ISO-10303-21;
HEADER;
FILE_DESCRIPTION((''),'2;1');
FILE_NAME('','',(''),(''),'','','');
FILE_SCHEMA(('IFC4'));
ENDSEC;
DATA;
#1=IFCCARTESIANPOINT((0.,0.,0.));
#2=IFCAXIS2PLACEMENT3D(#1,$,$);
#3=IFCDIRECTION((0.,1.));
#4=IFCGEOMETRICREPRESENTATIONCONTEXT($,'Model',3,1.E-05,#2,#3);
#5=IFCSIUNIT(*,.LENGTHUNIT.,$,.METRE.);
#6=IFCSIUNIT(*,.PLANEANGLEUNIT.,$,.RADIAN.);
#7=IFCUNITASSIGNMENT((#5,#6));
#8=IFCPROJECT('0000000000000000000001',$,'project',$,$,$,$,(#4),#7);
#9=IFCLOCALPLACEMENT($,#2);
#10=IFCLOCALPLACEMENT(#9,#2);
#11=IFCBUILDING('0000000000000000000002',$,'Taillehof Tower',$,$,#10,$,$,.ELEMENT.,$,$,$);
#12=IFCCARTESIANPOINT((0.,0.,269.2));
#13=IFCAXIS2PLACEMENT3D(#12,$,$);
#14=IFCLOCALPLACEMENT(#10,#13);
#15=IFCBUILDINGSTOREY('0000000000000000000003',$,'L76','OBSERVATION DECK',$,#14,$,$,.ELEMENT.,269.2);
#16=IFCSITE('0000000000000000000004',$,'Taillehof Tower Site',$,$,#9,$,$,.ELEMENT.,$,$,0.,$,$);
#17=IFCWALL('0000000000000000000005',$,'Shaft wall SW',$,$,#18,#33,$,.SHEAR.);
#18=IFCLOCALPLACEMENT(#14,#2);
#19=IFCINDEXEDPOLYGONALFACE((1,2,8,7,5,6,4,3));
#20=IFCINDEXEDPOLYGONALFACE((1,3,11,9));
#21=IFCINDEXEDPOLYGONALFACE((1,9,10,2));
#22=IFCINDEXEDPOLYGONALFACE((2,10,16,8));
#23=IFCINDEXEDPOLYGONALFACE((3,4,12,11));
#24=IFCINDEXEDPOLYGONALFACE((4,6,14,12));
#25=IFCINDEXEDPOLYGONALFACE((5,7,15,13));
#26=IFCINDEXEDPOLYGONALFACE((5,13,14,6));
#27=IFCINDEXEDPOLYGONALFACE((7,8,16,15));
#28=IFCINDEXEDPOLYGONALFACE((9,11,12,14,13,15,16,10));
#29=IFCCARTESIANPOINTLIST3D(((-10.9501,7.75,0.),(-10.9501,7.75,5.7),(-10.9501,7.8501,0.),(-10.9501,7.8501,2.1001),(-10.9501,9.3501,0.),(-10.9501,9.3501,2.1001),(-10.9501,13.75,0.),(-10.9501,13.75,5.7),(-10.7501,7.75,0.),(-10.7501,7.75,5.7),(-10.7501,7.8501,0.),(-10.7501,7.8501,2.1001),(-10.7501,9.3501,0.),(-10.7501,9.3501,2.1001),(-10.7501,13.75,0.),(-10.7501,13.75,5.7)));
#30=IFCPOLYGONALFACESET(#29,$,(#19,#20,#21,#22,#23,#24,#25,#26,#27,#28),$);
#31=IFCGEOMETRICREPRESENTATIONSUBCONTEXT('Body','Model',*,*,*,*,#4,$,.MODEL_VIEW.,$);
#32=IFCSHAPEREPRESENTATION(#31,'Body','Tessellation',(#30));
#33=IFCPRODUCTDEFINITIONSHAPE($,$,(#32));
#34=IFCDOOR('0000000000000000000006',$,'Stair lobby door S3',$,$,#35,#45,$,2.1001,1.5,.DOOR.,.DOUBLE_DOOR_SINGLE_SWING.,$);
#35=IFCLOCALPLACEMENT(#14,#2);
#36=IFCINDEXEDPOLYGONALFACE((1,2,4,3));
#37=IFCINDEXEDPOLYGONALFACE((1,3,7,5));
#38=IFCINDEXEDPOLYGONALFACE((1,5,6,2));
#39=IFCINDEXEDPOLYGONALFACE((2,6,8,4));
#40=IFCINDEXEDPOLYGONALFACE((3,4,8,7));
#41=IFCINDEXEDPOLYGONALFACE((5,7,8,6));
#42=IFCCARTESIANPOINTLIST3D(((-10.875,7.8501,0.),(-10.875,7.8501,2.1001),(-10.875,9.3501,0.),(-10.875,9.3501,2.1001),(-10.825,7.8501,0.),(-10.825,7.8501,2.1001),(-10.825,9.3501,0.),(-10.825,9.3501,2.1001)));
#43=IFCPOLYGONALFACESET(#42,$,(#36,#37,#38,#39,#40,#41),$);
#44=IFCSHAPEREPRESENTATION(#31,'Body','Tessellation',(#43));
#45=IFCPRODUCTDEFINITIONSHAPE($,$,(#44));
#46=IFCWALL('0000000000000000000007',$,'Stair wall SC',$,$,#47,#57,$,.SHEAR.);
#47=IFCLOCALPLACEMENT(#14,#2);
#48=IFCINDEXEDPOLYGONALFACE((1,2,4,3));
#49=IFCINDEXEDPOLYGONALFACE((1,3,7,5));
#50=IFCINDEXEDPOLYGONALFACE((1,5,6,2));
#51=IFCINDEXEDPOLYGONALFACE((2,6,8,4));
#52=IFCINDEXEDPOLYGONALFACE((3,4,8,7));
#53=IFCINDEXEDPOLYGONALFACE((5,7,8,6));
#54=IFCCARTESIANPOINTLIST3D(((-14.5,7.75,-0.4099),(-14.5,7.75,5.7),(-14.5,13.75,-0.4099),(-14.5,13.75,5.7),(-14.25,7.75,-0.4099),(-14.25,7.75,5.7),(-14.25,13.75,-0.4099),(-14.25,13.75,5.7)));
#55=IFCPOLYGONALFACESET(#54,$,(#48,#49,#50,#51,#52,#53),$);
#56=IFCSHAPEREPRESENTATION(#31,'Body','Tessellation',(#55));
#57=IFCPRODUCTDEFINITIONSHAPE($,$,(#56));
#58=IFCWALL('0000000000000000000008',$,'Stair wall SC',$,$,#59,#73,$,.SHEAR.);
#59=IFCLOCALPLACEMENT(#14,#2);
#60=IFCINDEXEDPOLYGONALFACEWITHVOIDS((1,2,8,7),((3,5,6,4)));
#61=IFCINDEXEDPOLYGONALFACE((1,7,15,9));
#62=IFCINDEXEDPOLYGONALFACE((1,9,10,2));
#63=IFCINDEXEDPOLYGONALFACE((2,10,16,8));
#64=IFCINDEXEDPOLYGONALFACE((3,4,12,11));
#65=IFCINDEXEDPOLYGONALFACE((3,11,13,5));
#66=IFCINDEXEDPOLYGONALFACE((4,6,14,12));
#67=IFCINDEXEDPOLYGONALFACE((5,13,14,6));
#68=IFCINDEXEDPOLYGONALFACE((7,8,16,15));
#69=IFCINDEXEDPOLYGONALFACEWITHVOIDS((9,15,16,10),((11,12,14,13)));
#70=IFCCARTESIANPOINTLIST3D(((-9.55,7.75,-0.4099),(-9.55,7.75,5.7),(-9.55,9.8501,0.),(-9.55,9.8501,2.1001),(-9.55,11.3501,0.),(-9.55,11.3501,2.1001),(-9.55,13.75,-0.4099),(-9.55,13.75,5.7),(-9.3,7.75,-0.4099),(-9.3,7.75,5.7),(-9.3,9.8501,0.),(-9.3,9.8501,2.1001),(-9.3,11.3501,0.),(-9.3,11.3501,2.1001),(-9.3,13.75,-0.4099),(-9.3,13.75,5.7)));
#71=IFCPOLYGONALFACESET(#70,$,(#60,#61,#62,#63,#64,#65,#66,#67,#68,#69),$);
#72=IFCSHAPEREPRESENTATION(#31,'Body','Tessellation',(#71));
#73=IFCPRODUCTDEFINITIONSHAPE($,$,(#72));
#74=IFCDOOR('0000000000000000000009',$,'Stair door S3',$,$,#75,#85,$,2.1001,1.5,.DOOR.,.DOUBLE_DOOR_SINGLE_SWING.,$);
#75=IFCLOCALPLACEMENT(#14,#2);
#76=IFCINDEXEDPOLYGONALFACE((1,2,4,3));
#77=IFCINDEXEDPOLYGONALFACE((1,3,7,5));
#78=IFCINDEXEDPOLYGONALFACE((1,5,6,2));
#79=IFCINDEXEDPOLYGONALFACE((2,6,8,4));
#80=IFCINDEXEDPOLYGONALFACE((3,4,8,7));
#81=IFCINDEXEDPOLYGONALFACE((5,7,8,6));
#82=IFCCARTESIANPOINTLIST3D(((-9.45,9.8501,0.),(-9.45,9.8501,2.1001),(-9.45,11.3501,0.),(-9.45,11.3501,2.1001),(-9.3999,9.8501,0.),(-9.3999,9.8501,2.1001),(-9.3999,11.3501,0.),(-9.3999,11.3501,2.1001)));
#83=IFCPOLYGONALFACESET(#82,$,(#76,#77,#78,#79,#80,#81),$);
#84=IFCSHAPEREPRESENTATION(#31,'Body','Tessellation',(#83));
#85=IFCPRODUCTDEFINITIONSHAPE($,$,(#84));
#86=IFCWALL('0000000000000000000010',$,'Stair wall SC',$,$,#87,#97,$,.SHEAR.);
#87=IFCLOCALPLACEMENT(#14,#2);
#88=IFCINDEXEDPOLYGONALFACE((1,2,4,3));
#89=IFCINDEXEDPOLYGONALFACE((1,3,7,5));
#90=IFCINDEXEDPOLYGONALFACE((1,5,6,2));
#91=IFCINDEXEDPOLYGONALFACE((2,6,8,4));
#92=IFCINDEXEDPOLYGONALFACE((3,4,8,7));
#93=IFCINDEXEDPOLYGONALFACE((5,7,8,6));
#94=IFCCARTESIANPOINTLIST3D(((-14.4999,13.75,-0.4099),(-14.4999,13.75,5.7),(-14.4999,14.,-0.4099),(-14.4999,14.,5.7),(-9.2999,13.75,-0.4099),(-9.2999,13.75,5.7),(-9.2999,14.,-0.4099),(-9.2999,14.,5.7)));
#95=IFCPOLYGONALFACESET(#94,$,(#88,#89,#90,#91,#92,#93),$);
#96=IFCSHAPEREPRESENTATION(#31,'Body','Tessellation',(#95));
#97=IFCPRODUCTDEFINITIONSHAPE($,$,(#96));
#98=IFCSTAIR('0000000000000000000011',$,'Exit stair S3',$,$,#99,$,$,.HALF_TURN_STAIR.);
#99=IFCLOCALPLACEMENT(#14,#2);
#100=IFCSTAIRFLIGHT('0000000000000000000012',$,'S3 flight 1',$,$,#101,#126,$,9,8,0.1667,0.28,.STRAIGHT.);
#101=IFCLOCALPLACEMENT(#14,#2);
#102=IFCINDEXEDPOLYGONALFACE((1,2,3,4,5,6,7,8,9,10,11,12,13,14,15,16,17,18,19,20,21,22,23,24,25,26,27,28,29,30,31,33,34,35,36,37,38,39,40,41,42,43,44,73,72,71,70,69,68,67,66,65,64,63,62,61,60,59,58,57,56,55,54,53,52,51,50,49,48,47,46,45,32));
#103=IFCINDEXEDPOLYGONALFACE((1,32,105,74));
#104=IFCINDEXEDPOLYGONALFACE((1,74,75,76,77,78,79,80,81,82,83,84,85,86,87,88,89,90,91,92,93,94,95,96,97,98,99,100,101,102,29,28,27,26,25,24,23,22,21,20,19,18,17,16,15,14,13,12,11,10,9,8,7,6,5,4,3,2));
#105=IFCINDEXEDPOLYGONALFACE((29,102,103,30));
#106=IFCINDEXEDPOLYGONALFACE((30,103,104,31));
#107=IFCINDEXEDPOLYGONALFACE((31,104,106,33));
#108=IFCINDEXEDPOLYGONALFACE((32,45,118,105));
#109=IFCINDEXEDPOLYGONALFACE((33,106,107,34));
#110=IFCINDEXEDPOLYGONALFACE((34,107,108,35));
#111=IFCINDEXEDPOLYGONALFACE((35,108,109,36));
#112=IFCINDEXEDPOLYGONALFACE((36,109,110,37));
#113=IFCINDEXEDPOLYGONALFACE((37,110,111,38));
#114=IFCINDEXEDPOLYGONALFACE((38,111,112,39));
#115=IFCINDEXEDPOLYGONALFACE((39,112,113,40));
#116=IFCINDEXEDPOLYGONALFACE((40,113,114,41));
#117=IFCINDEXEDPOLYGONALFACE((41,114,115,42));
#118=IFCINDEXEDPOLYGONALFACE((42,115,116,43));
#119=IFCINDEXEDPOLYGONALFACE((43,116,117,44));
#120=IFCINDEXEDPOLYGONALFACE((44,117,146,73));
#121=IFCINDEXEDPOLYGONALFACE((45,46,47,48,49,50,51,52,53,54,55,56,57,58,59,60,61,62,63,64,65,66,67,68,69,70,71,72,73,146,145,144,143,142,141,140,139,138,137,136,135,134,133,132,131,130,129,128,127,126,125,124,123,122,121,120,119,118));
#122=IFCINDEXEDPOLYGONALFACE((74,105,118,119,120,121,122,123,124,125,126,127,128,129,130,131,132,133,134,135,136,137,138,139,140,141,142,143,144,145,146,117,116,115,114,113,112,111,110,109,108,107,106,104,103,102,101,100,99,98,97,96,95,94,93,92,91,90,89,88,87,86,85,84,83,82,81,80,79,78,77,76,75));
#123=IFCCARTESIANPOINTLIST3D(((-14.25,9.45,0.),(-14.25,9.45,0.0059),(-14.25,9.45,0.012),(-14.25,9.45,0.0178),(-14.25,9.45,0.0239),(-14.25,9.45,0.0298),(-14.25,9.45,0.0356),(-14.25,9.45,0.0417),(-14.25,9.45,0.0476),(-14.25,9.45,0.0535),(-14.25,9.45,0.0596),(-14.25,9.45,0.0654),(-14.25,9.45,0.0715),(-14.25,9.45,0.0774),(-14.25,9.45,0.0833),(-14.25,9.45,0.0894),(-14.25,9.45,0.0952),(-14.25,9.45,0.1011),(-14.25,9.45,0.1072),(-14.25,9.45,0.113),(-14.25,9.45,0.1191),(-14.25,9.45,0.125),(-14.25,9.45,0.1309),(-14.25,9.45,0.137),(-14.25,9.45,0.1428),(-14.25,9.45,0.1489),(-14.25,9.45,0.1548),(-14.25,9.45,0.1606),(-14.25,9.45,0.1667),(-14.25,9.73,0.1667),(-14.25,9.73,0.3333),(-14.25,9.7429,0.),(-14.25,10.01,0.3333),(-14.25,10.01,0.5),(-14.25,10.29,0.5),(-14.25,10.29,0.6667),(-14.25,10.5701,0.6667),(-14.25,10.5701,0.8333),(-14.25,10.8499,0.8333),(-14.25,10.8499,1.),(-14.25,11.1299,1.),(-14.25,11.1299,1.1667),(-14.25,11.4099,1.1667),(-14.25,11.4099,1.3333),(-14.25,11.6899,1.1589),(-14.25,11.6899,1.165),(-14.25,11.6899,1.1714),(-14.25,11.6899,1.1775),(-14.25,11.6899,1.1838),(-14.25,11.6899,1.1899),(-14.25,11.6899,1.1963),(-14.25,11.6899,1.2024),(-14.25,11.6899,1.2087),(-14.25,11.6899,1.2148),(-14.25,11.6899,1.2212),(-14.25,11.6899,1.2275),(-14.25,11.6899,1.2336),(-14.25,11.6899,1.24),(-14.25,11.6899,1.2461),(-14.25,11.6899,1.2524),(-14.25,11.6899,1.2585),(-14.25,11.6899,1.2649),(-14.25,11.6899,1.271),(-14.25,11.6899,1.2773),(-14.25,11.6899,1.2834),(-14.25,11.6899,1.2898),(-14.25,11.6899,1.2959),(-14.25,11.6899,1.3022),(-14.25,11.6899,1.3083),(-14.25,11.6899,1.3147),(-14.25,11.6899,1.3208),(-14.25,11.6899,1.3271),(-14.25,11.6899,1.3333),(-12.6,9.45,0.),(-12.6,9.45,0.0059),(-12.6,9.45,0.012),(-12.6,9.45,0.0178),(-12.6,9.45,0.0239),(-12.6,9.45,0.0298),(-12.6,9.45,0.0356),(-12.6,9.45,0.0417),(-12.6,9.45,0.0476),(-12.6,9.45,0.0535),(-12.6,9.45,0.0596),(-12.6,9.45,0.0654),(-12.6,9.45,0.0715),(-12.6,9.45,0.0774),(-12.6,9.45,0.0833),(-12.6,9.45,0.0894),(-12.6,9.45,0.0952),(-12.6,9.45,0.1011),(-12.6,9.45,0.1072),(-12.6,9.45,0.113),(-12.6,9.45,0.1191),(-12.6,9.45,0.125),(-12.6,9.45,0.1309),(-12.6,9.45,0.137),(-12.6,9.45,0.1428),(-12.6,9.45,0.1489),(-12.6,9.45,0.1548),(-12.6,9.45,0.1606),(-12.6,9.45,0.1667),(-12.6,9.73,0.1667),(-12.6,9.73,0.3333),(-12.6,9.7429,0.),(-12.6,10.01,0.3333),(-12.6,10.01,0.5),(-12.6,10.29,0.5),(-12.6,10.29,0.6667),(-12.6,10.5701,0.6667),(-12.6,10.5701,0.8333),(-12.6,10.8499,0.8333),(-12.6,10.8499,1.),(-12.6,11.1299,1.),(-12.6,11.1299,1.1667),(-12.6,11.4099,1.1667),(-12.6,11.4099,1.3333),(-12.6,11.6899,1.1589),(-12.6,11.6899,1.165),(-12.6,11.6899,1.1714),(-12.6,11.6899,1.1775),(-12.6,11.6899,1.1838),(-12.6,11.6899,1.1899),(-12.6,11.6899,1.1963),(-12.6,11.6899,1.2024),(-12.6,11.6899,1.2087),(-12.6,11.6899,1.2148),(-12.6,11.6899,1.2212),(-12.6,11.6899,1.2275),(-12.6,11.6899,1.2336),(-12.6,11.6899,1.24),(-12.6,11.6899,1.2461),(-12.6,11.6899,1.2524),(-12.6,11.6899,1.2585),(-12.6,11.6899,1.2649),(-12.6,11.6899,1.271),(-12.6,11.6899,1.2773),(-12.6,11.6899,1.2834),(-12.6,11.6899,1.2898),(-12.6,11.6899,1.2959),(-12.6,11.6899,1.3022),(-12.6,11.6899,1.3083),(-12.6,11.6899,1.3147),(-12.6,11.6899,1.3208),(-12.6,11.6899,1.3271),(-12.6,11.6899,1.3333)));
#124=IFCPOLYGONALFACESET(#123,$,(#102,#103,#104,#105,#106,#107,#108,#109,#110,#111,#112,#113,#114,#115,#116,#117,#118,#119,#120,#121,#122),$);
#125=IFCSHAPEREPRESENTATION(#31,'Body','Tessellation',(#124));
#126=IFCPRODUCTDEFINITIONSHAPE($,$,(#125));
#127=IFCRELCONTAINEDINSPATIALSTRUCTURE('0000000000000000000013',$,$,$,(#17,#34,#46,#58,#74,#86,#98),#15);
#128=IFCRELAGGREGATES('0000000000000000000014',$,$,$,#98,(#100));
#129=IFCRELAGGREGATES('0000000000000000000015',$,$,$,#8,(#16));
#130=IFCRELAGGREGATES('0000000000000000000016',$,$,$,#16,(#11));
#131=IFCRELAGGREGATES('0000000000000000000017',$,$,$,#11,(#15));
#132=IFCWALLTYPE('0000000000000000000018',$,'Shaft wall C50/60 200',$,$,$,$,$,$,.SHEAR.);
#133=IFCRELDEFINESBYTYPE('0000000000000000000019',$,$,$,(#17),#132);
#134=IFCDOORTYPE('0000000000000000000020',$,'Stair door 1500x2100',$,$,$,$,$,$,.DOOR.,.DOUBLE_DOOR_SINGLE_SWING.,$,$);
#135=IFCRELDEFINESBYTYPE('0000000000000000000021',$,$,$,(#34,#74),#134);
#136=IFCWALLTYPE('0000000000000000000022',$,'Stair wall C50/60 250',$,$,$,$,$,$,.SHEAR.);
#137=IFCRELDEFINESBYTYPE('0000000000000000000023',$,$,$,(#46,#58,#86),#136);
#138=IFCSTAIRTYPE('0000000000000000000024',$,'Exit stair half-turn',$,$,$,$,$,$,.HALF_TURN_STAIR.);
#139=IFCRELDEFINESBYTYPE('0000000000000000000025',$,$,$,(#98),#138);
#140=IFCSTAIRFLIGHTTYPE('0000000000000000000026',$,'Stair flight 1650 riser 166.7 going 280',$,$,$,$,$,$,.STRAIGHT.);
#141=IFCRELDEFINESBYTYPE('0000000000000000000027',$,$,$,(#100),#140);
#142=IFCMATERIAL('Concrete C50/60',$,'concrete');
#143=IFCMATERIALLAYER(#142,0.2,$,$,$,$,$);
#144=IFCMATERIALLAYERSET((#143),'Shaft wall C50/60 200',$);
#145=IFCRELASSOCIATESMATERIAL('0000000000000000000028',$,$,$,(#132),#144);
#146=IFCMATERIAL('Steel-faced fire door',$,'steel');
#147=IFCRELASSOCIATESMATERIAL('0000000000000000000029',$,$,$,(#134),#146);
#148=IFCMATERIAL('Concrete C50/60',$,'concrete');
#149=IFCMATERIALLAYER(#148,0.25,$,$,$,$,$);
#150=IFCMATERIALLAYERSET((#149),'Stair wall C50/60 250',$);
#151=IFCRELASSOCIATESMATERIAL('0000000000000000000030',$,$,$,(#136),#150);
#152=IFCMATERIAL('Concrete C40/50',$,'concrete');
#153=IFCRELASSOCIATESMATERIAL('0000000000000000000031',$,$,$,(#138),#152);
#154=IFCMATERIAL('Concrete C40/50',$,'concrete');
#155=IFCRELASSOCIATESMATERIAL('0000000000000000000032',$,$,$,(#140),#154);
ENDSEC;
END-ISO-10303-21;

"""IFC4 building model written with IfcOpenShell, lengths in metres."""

from ifc_helpers import new_model, si_unit, direction, frame, frame_2d, origin, place, context, subcontext, project, spatial, polyline, rectangle, outline, extrude, material, layer, layer_set, type_object, element, fill, aggregate, save


model = new_model("IFC4")

# Units and contexts
model_context = context("Model", 3, precision=1e-05, world=origin(), true_north=direction((0.0, 1.0)))
body_context = subcontext(model_context, "Body", "Model", "MODEL_VIEW")
ifc_project = project(units=[si_unit("LENGTHUNIT", "METRE"), si_unit("PLANEANGLEUNIT", "RADIAN")], contexts=[model_context])

# Site, building, storey
site_placement = place(None, origin())
site = spatial("IfcSite", under=ifc_project, at=site_placement, Name="Taillehof Tower Site", CompositionType="ELEMENT", RefElevation=0.0)
building_placement = place(site_placement, origin())
building = spatial("IfcBuilding", under=site, at=building_placement, Name="Taillehof Tower", CompositionType="ELEMENT")
storey_placement = place(building_placement, frame((0.0, 0.0, 269.2)))
storey = spatial("IfcBuildingStorey", under=building, at=storey_placement, Name="L76", Description="OBSERVATION DECK", CompositionType="ELEMENT", Elevation=269.2)

# Wall, opening, door
ifc_material_1 = material(Name="Concrete C50/60", Category="concrete")
ifc_layer_1 = layer(ifc_material_1, 0.2)
ifc_layer_set_1 = layer_set([ifc_layer_1], Name="Shaft wall C50/60 200")
wall_type_1 = type_object("IfcWallType", Name="Shaft wall C50/60 200", PredefinedType="SHEAR", material=ifc_layer_set_1)
wall_1_placement = place(storey_placement, frame((-10.8501, 7.75, 0.0), z_axis=(0.0, 0.0, 1.0), x_axis=(0.0, 1.0, 0.0)))
wall_1 = element("IfcWall", 1, at=wall_1_placement, inside=storey, type_object=wall_type_1, Name="Shaft wall SW", PredefinedType="SHEAR", context=body_context, shape_type="SweptSolid", body=[
    extrude(rectangle(XDim=6.0, YDim=0.2, at=frame_2d((3.0, 0.0))), origin(), (0.0, 0.0, 1.0), 5.7),
])
opening_1_placement = place(wall_1_placement, frame((0.1001, 0.0, 0.0)))
opening_1 = element("IfcOpeningElement", 2, at=opening_1_placement, cuts=wall_1, PredefinedType="OPENING", context=body_context, shape_type="SweptSolid", body=[
    extrude(rectangle(XDim=1.5, YDim=2.1001, at=frame_2d((0.75, 1.05))), frame((0.0, 0.1099, 0.0), z_axis=(0.0, -1.0, 0.0), x_axis=(1.0, 0.0, 0.0)), (0.0, 0.0, 1.0), 0.22),
])
ifc_material_2 = material(Name="Steel-faced fire door", Category="steel")
door_type_1 = type_object("IfcDoorType", Name="Stair door 1500x2100", OperationType="DOUBLE_DOOR_SINGLE_SWING", PredefinedType="DOOR", material=ifc_material_2)
door_1_placement = place(opening_1_placement, origin())
door_1 = element("IfcDoor", 3, at=door_1_placement, inside=storey, type_object=door_type_1, Name="Stair lobby door S3", OperationType="DOUBLE_DOOR_SINGLE_SWING", OverallHeight=2.1001, OverallWidth=1.5, PredefinedType="DOOR", context=body_context, shape_type="SweptSolid", body=[
    extrude(rectangle(XDim=1.5, YDim=2.1001, at=frame_2d((0.75, 1.05))), frame((0.0, 0.0249, 0.0), z_axis=(0.0, -1.0, 0.0), x_axis=(1.0, 0.0, 0.0)), (0.0, 0.0, 1.0), 0.05),
])
fill(opening_1, door_1)

# Wall
ifc_material_3 = material(Name="Concrete C50/60", Category="concrete")
ifc_layer_2 = layer(ifc_material_3, 0.25)
ifc_layer_set_2 = layer_set([ifc_layer_2], Name="Stair wall C50/60 250")
wall_type_2 = type_object("IfcWallType", Name="Stair wall C50/60 250", PredefinedType="SHEAR", material=ifc_layer_set_2)
wall_2_placement = place(storey_placement, frame((-14.375, 7.75, -0.4099), z_axis=(0.0, 0.0, 1.0), x_axis=(0.0, 1.0, 0.0)))
element("IfcWall", 4, at=wall_2_placement, inside=storey, type_object=wall_type_2, Name="Stair wall SC", PredefinedType="SHEAR", context=body_context, shape_type="SweptSolid", body=[
    extrude(rectangle(XDim=6.0, YDim=0.25, at=frame_2d((3.0, 0.0))), origin(), (0.0, 0.0, 1.0), 6.1099),
])

# Wall, opening, door
wall_3_placement = place(storey_placement, frame((-9.425, 7.75, -0.4099), z_axis=(0.0, 0.0, 1.0), x_axis=(0.0, 1.0, 0.0)))
wall_3 = element("IfcWall", 5, at=wall_3_placement, inside=storey, type_object=wall_type_2, Name="Stair wall SC", PredefinedType="SHEAR", context=body_context, shape_type="SweptSolid", body=[
    extrude(rectangle(XDim=6.0, YDim=0.25, at=frame_2d((3.0, 0.0))), origin(), (0.0, 0.0, 1.0), 6.1099),
])
opening_2_placement = place(wall_3_placement, frame((2.1001, 0.0, 0.4099)))
opening_2 = element("IfcOpeningElement", 6, at=opening_2_placement, cuts=wall_3, PredefinedType="OPENING", context=body_context, shape_type="SweptSolid", body=[
    extrude(rectangle(XDim=1.5, YDim=2.1001, at=frame_2d((0.75, 1.05))), frame((0.0, 0.135, 0.0), z_axis=(0.0, -1.0, 0.0), x_axis=(1.0, 0.0, 0.0)), (0.0, 0.0, 1.0), 0.27),
])
door_2_placement = place(opening_2_placement, origin())
door_2 = element("IfcDoor", 7, at=door_2_placement, inside=storey, type_object=door_type_1, Name="Stair door S3", OperationType="DOUBLE_DOOR_SINGLE_SWING", OverallHeight=2.1001, OverallWidth=1.5, PredefinedType="DOOR", context=body_context, shape_type="SweptSolid", body=[
    extrude(rectangle(XDim=1.5, YDim=2.1001, at=frame_2d((0.75, 1.05))), frame((0.0, 0.0249, 0.0), z_axis=(0.0, -1.0, 0.0), x_axis=(1.0, 0.0, 0.0)), (0.0, 0.0, 1.0), 0.05),
])
fill(opening_2, door_2)

# Wall
wall_4_placement = place(storey_placement, frame((-14.5, 13.875, -0.4099), z_axis=(0.0, 0.0, 1.0), x_axis=(1.0, 0.0, 0.0)))
element("IfcWall", 8, at=wall_4_placement, inside=storey, type_object=wall_type_2, Name="Stair wall SC", PredefinedType="SHEAR", context=body_context, shape_type="SweptSolid", body=[
    extrude(rectangle(XDim=5.2, YDim=0.25, at=frame_2d((2.6001, 0.0))), origin(), (0.0, 0.0, 1.0), 6.1099),
])

# Stair, stair flight
ifc_material_4 = material(Name="Concrete C40/50", Category="concrete")
stair_type = type_object("IfcStairType", Name="Exit stair half-turn", PredefinedType="HALF_TURN_STAIR", material=ifc_material_4)
stair_placement = place(storey_placement, origin())
stair = element("IfcStair", 9, at=stair_placement, inside=storey, type_object=stair_type, Name="Exit stair S3", PredefinedType="HALF_TURN_STAIR")
ifc_material_5 = material(Name="Concrete C40/50", Category="concrete")
stair_flight_type = type_object("IfcStairFlightType", Name="Stair flight 1650 riser 166.7 going 280", PredefinedType="STRAIGHT", material=ifc_material_5)
stair_flight_1_placement = place(storey_placement, frame((-13.425, 9.45, 0.0), z_axis=(0.0, 0.0, 1.0), x_axis=(0.0, 1.0, 0.0)))
stair_flight_1 = element("IfcStairFlight", 10, at=stair_flight_1_placement, type_object=stair_flight_type, Name="S3 flight 1", NumberOfRisers=9, NumberOfTreads=8, PredefinedType="STRAIGHT", RiserHeight=0.1667, TreadLength=0.28, context=body_context, shape_type="SweptSolid", body=[
    extrude(outline(polyline([(0.0, 0.0), (0.0, 0.0059), (0.0, 0.012), (0.0, 0.0178), (0.0, 0.0239), (0.0, 0.0298), (0.0, 0.0356), (0.0, 0.0417), (0.0, 0.0476), (0.0, 0.0535), (0.0, 0.0596), (0.0, 0.0654), (0.0, 0.0715), (0.0, 0.0774), (0.0, 0.0833), (0.0, 0.0894), (0.0, 0.0952), (0.0, 0.1011), (0.0, 0.1072), (0.0, 0.113), (0.0, 0.1191), (0.0, 0.125), (0.0, 0.1309), (0.0, 0.137), (0.0, 0.1428), (0.0, 0.1489), (0.0, 0.1548), (0.0, 0.1606), (0.0, 0.1667), (0.28, 0.1667), (0.28, 0.3333), (0.5601, 0.3333), (0.5601, 0.5), (0.8401, 0.5), (0.8401, 0.6667), (1.1201, 0.6667), (1.1201, 0.8333), (1.3999, 0.8333), (1.3999, 1.0), (1.6799, 1.0), (1.6799, 1.1667), (1.96, 1.1667), (1.96, 1.3333), (2.24, 1.3333), (2.24, 1.3271), (2.24, 1.3208), (2.24, 1.3147), (2.24, 1.3083), (2.24, 1.3022), (2.24, 1.2959), (2.24, 1.2898), (2.24, 1.2834), (2.24, 1.2773), (2.24, 1.271), (2.24, 1.2649), (2.24, 1.2585), (2.24, 1.2524), (2.24, 1.2461), (2.24, 1.24), (2.24, 1.2336), (2.24, 1.2275), (2.24, 1.2212), (2.24, 1.2148), (2.24, 1.2087), (2.24, 1.2024), (2.24, 1.1963), (2.24, 1.1899), (2.24, 1.1838), (2.24, 1.1775), (2.24, 1.1714), (2.24, 1.165), (2.24, 1.1589), (0.293, 0.0), (0.0, 0.0)])), frame((0.0, 0.825, 0.0), z_axis=(0.0, -1.0, 0.0), x_axis=(1.0, 0.0, 0.0)), (0.0, 0.0, 1.0), 1.65),
])
aggregate(stair, [stair_flight_1])

save(model, "model.ifc")
